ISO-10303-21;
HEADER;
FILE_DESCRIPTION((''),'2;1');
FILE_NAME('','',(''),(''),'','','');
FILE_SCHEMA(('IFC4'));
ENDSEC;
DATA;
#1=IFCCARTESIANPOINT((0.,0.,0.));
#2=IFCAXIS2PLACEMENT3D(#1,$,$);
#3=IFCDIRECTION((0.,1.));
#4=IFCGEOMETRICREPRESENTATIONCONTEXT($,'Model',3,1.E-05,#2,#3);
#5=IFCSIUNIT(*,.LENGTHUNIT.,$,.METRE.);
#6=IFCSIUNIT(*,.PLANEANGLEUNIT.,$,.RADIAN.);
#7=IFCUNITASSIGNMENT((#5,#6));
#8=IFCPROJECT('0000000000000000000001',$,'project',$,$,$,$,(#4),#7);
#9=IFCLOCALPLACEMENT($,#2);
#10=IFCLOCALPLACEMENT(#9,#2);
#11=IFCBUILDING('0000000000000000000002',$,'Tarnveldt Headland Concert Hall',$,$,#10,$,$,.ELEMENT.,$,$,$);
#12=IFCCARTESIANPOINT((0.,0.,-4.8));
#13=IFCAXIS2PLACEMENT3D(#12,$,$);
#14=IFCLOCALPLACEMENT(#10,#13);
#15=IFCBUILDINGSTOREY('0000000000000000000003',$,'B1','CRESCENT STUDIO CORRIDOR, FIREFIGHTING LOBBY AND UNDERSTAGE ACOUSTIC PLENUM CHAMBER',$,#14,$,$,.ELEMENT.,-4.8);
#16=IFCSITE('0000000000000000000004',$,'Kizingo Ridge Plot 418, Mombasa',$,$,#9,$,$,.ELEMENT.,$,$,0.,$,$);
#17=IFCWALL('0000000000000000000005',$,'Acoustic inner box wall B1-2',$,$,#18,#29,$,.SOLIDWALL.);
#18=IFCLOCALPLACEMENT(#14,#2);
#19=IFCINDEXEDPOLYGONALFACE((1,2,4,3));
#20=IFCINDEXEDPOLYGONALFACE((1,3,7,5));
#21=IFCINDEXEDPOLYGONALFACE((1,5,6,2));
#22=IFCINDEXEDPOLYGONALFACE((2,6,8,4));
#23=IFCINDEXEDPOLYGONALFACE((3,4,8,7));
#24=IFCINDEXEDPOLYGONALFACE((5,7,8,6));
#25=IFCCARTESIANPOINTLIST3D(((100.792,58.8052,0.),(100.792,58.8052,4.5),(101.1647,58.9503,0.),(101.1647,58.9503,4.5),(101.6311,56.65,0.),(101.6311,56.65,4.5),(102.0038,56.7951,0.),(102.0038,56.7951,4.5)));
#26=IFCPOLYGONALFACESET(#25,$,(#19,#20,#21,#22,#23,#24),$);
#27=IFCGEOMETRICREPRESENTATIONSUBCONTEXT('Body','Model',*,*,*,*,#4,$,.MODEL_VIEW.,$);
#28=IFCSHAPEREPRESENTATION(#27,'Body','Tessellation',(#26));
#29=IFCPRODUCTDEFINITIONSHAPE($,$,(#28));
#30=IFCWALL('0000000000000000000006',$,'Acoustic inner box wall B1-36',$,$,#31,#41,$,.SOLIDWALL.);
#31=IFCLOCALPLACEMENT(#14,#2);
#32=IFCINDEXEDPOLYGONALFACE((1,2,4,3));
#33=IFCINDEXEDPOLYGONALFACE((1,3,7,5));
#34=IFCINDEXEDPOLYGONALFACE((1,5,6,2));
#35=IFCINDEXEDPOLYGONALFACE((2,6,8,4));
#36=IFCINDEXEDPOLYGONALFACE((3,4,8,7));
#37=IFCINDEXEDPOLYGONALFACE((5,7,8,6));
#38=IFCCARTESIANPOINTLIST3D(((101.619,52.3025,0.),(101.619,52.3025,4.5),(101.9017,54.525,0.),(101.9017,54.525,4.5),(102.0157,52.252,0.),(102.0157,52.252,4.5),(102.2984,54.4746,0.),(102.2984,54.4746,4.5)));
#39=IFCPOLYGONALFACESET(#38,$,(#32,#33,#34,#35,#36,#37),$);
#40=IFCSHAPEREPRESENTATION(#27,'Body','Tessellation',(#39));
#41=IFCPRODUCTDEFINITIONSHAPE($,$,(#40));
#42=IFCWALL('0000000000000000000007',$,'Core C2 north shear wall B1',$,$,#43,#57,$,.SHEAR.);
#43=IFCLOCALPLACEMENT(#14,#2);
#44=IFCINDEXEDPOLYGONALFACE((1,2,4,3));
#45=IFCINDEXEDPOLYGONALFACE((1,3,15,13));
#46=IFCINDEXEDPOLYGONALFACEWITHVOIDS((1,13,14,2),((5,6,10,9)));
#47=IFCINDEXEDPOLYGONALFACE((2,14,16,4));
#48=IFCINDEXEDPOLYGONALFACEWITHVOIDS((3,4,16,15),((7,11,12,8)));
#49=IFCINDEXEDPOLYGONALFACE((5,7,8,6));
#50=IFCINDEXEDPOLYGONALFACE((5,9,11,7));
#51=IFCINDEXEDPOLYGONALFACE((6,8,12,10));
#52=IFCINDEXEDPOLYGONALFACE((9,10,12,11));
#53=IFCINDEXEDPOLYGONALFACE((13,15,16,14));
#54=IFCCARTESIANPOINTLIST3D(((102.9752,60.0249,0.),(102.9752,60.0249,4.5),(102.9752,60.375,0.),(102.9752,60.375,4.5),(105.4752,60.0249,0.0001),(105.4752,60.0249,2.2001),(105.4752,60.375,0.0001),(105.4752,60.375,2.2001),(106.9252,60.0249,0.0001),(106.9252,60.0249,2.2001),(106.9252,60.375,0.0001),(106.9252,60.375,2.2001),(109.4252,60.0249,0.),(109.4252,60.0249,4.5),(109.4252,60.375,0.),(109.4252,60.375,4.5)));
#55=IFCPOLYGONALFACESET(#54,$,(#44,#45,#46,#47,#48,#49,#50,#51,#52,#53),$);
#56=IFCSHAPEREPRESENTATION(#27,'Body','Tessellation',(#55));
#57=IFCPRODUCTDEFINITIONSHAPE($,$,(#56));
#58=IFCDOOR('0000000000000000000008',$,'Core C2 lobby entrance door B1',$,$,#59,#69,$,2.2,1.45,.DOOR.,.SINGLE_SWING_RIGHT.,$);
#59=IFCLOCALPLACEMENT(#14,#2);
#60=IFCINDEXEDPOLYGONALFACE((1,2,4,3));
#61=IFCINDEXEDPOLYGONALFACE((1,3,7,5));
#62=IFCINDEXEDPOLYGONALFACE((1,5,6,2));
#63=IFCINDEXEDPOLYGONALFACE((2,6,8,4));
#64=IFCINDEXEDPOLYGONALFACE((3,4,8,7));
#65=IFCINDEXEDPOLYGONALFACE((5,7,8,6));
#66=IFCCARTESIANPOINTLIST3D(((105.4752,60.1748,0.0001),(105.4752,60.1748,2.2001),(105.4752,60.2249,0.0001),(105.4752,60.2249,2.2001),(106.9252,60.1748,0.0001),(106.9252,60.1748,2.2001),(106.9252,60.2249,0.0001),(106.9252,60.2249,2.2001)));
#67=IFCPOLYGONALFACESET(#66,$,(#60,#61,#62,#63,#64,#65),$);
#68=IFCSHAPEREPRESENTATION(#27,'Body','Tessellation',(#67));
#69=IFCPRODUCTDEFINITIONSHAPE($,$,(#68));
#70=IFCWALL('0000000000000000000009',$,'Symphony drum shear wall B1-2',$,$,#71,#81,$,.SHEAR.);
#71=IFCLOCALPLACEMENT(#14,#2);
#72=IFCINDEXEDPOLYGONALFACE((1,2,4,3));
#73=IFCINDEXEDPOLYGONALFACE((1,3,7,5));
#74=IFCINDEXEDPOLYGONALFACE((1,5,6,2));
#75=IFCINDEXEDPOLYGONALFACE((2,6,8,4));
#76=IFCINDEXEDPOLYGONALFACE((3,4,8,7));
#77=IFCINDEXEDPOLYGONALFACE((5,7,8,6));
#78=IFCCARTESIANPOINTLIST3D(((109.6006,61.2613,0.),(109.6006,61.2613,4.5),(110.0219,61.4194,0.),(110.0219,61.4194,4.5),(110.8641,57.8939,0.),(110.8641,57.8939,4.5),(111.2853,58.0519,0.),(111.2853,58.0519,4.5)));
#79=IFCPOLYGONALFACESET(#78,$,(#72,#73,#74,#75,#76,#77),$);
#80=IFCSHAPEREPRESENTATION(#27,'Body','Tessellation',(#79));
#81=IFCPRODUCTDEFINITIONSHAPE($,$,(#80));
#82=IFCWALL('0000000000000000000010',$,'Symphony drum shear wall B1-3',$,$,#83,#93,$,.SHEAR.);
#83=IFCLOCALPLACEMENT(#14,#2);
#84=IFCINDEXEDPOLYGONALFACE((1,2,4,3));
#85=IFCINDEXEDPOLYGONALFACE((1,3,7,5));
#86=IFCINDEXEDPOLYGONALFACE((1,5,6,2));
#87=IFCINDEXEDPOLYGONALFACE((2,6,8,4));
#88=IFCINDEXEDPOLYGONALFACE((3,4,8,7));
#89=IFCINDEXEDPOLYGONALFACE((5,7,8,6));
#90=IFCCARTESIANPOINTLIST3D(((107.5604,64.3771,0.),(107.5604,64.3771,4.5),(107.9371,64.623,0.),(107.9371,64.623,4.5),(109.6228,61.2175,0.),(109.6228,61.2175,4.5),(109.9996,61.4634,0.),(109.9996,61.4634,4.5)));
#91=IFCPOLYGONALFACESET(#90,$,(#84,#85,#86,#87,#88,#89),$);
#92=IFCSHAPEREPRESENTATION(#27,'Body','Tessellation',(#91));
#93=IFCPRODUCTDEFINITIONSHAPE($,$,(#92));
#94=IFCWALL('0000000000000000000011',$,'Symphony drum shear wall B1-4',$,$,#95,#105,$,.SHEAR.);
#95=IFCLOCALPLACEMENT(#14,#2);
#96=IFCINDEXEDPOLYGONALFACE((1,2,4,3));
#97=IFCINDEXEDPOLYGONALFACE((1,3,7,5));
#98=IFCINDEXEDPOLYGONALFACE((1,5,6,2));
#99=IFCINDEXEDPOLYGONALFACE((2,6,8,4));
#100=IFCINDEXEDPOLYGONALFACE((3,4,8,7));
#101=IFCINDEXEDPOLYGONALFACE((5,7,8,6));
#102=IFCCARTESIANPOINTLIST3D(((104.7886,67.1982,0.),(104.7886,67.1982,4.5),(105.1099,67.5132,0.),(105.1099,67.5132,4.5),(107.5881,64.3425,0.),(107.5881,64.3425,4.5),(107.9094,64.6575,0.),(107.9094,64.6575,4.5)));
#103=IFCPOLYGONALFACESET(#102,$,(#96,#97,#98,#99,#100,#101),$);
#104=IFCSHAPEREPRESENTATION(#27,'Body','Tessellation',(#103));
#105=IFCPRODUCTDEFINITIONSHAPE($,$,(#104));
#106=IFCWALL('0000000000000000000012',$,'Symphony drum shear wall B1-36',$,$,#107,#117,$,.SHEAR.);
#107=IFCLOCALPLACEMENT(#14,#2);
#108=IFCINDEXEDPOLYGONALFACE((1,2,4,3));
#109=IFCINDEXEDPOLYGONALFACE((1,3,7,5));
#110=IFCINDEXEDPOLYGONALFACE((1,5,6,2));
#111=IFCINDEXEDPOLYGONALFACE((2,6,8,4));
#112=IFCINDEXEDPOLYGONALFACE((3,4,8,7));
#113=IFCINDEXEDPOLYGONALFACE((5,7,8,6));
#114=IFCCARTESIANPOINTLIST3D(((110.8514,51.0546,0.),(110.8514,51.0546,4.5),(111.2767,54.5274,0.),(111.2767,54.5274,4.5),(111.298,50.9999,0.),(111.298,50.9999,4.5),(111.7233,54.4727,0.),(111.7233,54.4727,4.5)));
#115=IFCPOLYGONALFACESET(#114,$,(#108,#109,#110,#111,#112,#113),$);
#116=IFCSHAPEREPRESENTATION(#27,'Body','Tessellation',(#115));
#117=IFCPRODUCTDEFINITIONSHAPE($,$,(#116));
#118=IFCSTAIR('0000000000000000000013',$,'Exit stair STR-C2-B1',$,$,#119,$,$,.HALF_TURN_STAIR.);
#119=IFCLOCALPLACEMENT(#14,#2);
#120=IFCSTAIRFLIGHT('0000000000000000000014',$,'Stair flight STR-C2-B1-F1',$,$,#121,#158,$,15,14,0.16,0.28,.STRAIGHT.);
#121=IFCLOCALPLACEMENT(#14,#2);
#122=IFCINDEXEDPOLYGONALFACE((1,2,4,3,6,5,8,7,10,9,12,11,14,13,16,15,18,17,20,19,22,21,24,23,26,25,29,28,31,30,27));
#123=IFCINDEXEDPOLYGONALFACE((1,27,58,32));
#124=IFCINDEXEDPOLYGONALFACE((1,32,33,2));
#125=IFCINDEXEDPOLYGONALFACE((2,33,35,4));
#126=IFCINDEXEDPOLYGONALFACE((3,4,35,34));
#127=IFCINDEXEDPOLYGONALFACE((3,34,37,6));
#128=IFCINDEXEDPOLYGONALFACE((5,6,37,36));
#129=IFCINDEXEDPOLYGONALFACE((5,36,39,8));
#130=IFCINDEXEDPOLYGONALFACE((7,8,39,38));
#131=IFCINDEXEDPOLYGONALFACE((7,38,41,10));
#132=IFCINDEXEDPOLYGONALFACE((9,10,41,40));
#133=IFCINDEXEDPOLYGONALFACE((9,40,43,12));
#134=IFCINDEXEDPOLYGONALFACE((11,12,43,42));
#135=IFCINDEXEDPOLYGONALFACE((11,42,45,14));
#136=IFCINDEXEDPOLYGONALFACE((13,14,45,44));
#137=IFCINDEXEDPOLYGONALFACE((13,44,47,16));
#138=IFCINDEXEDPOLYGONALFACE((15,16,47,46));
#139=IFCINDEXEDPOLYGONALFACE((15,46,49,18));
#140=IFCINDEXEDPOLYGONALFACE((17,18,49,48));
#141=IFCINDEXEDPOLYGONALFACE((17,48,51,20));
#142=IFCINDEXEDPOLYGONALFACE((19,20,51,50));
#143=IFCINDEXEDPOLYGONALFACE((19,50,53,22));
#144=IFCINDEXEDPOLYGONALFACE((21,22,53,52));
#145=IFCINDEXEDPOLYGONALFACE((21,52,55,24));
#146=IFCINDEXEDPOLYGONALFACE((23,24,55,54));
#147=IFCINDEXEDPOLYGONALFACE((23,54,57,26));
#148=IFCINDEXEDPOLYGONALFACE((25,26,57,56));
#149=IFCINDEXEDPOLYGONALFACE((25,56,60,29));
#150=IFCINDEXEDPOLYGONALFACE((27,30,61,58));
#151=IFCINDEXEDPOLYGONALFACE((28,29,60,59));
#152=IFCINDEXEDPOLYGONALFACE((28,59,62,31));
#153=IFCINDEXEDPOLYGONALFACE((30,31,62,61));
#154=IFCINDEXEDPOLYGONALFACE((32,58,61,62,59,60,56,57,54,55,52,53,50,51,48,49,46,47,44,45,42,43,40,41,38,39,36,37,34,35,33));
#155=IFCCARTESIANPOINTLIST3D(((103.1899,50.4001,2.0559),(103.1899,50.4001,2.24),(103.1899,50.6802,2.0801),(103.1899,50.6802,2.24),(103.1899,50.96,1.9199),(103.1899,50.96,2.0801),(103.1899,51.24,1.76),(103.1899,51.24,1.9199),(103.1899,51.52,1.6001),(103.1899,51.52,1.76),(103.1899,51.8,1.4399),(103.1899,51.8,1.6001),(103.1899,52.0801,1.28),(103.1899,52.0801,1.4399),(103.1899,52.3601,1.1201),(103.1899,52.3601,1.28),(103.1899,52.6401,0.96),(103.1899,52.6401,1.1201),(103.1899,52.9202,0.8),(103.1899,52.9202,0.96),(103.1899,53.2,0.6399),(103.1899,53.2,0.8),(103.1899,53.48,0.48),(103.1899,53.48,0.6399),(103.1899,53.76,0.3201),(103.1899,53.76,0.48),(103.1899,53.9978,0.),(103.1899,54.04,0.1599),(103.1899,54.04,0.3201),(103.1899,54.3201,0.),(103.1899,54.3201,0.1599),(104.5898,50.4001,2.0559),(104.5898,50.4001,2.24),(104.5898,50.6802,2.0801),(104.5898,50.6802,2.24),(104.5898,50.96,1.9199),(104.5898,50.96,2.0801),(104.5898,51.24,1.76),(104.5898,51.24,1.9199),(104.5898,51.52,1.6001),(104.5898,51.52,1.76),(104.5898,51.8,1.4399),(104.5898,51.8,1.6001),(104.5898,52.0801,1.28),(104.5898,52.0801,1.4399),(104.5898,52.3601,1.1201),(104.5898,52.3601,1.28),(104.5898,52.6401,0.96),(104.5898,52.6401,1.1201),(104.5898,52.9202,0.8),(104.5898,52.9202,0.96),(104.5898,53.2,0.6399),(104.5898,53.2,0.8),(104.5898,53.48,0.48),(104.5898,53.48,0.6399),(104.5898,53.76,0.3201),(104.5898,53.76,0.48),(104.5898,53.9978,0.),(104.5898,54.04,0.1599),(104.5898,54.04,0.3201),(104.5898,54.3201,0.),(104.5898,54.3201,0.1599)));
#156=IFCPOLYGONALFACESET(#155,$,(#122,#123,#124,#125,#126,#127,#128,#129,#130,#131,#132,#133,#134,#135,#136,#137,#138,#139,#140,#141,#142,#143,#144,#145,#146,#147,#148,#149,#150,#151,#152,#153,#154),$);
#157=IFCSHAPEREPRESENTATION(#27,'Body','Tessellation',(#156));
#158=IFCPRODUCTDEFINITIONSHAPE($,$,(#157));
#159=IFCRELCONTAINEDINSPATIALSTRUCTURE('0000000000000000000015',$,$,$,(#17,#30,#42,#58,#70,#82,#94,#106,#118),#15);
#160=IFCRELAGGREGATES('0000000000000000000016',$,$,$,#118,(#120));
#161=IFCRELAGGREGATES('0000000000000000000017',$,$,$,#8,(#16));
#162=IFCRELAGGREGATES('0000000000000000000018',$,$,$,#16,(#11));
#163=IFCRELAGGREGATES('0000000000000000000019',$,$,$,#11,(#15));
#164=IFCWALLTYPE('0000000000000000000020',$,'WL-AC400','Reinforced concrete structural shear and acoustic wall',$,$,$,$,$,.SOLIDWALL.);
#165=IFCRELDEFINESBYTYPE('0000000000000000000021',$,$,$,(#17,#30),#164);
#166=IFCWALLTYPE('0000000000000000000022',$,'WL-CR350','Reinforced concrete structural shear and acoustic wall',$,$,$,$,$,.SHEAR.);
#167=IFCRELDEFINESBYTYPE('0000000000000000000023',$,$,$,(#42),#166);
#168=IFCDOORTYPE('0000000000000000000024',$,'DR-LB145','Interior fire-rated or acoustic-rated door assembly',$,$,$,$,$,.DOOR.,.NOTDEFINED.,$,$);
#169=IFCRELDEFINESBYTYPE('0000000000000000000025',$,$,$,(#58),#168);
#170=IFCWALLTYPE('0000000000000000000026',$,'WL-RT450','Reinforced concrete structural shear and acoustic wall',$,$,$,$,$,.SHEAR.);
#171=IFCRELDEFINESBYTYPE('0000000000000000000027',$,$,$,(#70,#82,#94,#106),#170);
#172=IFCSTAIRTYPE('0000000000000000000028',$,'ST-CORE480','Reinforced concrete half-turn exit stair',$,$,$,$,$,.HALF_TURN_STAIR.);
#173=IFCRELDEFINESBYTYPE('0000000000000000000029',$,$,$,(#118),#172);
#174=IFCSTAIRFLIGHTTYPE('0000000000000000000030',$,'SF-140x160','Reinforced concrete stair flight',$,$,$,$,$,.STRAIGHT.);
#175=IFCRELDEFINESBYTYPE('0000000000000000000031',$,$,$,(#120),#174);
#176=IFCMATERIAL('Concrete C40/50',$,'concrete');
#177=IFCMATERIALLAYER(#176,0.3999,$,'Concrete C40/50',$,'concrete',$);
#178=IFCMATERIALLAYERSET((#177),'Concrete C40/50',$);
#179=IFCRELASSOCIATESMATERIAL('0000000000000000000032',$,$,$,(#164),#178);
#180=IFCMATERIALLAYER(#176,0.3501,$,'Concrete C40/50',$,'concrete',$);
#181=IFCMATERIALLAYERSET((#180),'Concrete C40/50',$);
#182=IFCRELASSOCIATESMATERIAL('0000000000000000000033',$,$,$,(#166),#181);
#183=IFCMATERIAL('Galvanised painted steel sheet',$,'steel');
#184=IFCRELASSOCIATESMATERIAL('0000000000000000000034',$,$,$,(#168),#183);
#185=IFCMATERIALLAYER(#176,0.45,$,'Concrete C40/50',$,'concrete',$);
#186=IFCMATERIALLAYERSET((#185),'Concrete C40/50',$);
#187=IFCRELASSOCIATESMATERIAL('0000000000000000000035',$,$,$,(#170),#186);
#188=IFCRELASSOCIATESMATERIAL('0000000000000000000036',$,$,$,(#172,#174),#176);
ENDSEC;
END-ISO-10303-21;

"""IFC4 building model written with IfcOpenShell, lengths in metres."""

from ifc_helpers import new_model, si_unit, direction, frame, frame_2d, origin, place, context, subcontext, project, spatial, polyline, rectangle, outline, extrude, material, layer, layer_set, type_object, element, fill, aggregate, save


model = new_model("IFC4")

# Units and contexts
model_context = context("Model", 3, precision=1e-05, world=origin(), true_north=direction((0.0, 1.0)))
body_context = subcontext(model_context, "Body", "Model", "MODEL_VIEW")
ifc_project = project(units=[si_unit("LENGTHUNIT", "METRE"), si_unit("PLANEANGLEUNIT", "RADIAN")], contexts=[model_context])

# Site, building, storey
site_placement = place(None, origin())
site = spatial("IfcSite", under=ifc_project, at=site_placement, Name="Kizingo Ridge Plot 418, Mombasa", CompositionType="ELEMENT", RefElevation=0.0)
building_placement = place(site_placement, origin())
building = spatial("IfcBuilding", under=site, at=building_placement, Name="Tarnveldt Headland Concert Hall", CompositionType="ELEMENT")
storey_placement = place(building_placement, frame((0.0, 0.0, -4.8)))
storey = spatial("IfcBuildingStorey", under=building, at=storey_placement, Name="B1", Description="CRESCENT STUDIO CORRIDOR, FIREFIGHTING LOBBY AND UNDERSTAGE ACOUSTIC PLENUM CHAMBER", CompositionType="ELEMENT", Elevation=-4.8)

# Shared definitions
ifc_material_1 = material(Name="Concrete C40/50", Category="concrete")

# Walls
ifc_layer_1 = layer(ifc_material_1, 0.3999, Name="Concrete C40/50", Category="concrete")
ifc_layer_set_1 = layer_set([ifc_layer_1], Name="Concrete C40/50")
wall_type_1 = type_object("IfcWallType", Name="WL-AC400", Description="Reinforced concrete structural shear and acoustic wall", PredefinedType="SOLIDWALL", material=ifc_layer_set_1)
wall_1_placement = place(storey_placement, frame((101.8174, 56.7227, 0.0), z_axis=(0.0, 0.0, 1.0), x_axis=(-0.362803, 0.931866, 0.0)))
element("IfcWall", 1, at=wall_1_placement, inside=storey, type_object=wall_type_1, Name="Acoustic inner box wall B1-2", PredefinedType="SOLIDWALL", context=body_context, shape_type="SweptSolid", body=[
    extrude(rectangle(XDim=2.3127, YDim=0.3999, at=frame_2d((1.1562, 0.0))), origin(), (0.0, 0.0, 1.0), 4.5),
])
wall_2_placement = place(storey_placement, frame((101.8174, 52.2773, 0.0), z_axis=(0.0, 0.0, 1.0), x_axis=(0.12618, 0.992007, 0.0)))
element("IfcWall", 2, at=wall_2_placement, inside=storey, type_object=wall_type_1, Name="Acoustic inner box wall B1-36", PredefinedType="SOLIDWALL", context=body_context, shape_type="SweptSolid", body=[
    extrude(rectangle(XDim=2.2405, YDim=0.3999, at=frame_2d((1.1201, 0.0))), origin(), (0.0, 0.0, 1.0), 4.5),
])

# Wall, opening, door
ifc_layer_2 = layer(ifc_material_1, 0.3501, Name="Concrete C40/50", Category="concrete")
ifc_layer_set_2 = layer_set([ifc_layer_2], Name="Concrete C40/50")
wall_type_2 = type_object("IfcWallType", Name="WL-CR350", Description="Reinforced concrete structural shear and acoustic wall", PredefinedType="SHEAR", material=ifc_layer_set_2)
wall_3_placement = place(storey_placement, frame((102.9751, 60.2, 0.0), z_axis=(0.0, 0.0, 1.0), x_axis=(1.0, 0.0, 0.0)))
wall_3 = element("IfcWall", 3, at=wall_3_placement, inside=storey, type_object=wall_type_2, Name="Core C2 north shear wall B1", PredefinedType="SHEAR", context=body_context, shape_type="SweptSolid", body=[
    extrude(rectangle(XDim=6.45, YDim=0.3501, at=frame_2d((3.2251, 0.0))), origin(), (0.0, 0.0, 1.0), 4.5),
])
opening_1_placement = place(wall_3_placement, frame((2.5, 0.0, 0.0)))
opening_1 = element("IfcOpeningElement", 4, at=opening_1_placement, cuts=wall_3, PredefinedType="OPENING", context=body_context, shape_type="SweptSolid", body=[
    extrude(rectangle(XDim=1.45, YDim=2.2, at=frame_2d((0.7251, 1.1001))), frame((0.0, 0.1851, 0.0), z_axis=(0.0, -1.0, 0.0), x_axis=(1.0, 0.0, 0.0)), (0.0, 0.0, 1.0), 0.3701),
])
ifc_material_2 = material(Name="Galvanised painted steel sheet", Category="steel")
door_type_1 = type_object("IfcDoorType", Name="DR-LB145", Description="Interior fire-rated or acoustic-rated door assembly", OperationType="NOTDEFINED", PredefinedType="DOOR", material=ifc_material_2)
door_1_placement = place(opening_1_placement, origin())
door_1 = element("IfcDoor", 5, at=door_1_placement, inside=storey, type_object=door_type_1, Name="Core C2 lobby entrance door B1", OperationType="SINGLE_SWING_RIGHT", OverallHeight=2.2, OverallWidth=1.45, PredefinedType="DOOR", context=body_context, shape_type="SweptSolid", body=[
    extrude(rectangle(XDim=1.45, YDim=2.2, at=frame_2d((0.7251, 1.1001))), frame((0.0, 0.0249, 0.0), z_axis=(0.0, -1.0, 0.0), x_axis=(1.0, 0.0, 0.0)), (0.0, 0.0, 1.0), 0.05),
])
fill(opening_1, door_1)

# Walls
ifc_layer_3 = layer(ifc_material_1, 0.45, Name="Concrete C40/50", Category="concrete")
ifc_layer_set_3 = layer_set([ifc_layer_3], Name="Concrete C40/50")
wall_type_3 = type_object("IfcWallType", Name="WL-RT450", Description="Reinforced concrete structural shear and acoustic wall", PredefinedType="SHEAR", material=ifc_layer_set_3)
wall_4_placement = place(storey_placement, frame((111.0747, 57.9729, 0.0), z_axis=(0.0, 0.0, 1.0), x_axis=(-0.35128, 0.936271, 0.0)))
element("IfcWall", 6, at=wall_4_placement, inside=storey, type_object=wall_type_3, Name="Symphony drum shear wall B1-2", PredefinedType="SHEAR", context=body_context, shape_type="SweptSolid", body=[
    extrude(rectangle(XDim=3.5967, YDim=0.45, at=frame_2d((1.7983, 0.0))), origin(), (0.0, 0.0, 1.0), 4.5),
])
wall_5_placement = place(storey_placement, frame((109.8113, 61.3403, 0.0), z_axis=(0.0, 0.0, 1.0), x_axis=(-0.546611, 0.837387, 0.0)))
element("IfcWall", 7, at=wall_5_placement, inside=storey, type_object=wall_type_3, Name="Symphony drum shear wall B1-3", PredefinedType="SHEAR", context=body_context, shape_type="SweptSolid", body=[
    extrude(rectangle(XDim=3.7732, YDim=0.45, at=frame_2d((1.8867, 0.0))), origin(), (0.0, 0.0, 1.0), 4.5),
])
wall_6_placement = place(storey_placement, frame((107.7488, 64.5, 0.0), z_axis=(0.0, 0.0, 1.0), x_axis=(-0.700051, 0.714093, 0.0)))
element("IfcWall", 8, at=wall_6_placement, inside=storey, type_object=wall_type_3, Name="Symphony drum shear wall B1-4", PredefinedType="SHEAR", context=body_context, shape_type="SweptSolid", body=[
    extrude(rectangle(XDim=3.999, YDim=0.45, at=frame_2d((1.9995, 0.0))), origin(), (0.0, 0.0, 1.0), 4.5),
])
wall_7_placement = place(storey_placement, frame((111.0747, 51.0271, 0.0), z_axis=(0.0, 0.0, 1.0), x_axis=(0.121552, 0.992585, 0.0)))
element("IfcWall", 9, at=wall_7_placement, inside=storey, type_object=wall_type_3, Name="Symphony drum shear wall B1-36", PredefinedType="SHEAR", context=body_context, shape_type="SweptSolid", body=[
    extrude(rectangle(XDim=3.4988, YDim=0.45, at=frame_2d((1.7495, 0.0))), origin(), (0.0, 0.0, 1.0), 4.5),
])

# Stair, stair flight
stair_type = type_object("IfcStairType", Name="ST-CORE480", Description="Reinforced concrete half-turn exit stair", PredefinedType="HALF_TURN_STAIR", material=ifc_material_1)
stair_placement = place(storey_placement, origin())
stair = element("IfcStair", 10, at=stair_placement, inside=storey, type_object=stair_type, Name="Exit stair STR-C2-B1", PredefinedType="HALF_TURN_STAIR")
stair_flight_type = type_object("IfcStairFlightType", Name="SF-140x160", Description="Reinforced concrete stair flight", PredefinedType="STRAIGHT", material=ifc_material_1)
stair_flight_placement = place(storey_placement, frame((103.8899, 54.3201, 0.0), z_axis=(0.0, 0.0, 1.0), x_axis=(0.0, -1.0, 0.0)))
stair_flight = element("IfcStairFlight", 11, at=stair_flight_placement, type_object=stair_flight_type, Name="Stair flight STR-C2-B1-F1", NumberOfRisers=15, NumberOfTreads=14, PredefinedType="STRAIGHT", RiserHeight=0.16, TreadLength=0.28, context=body_context, shape_type="SweptSolid", body=[
    extrude(outline(polyline([(0.0, 0.0), (0.0, 0.1599), (0.28, 0.1599), (0.28, 0.3201), (0.5601, 0.3201), (0.5601, 0.48), (0.8401, 0.48), (0.8401, 0.6399), (1.1201, 0.6399), (1.1201, 0.8), (1.3999, 0.8), (1.3999, 0.96), (1.6799, 0.96), (1.6799, 1.1201), (1.96, 1.1201), (1.96, 1.28), (2.24, 1.28), (2.24, 1.4399), (2.52, 1.4399), (2.52, 1.6001), (2.8, 1.6001), (2.8, 1.76), (3.0801, 1.76), (3.0801, 1.9199), (3.3601, 1.9199), (3.3601, 2.0801), (3.6399, 2.0801), (3.6399, 2.24), (3.9199, 2.24), (3.9199, 2.3999), (3.9199, 2.0559), (0.3223, 0.0), (0.0, 0.0)])), frame((0.0, 0.7, 0.0), z_axis=(0.0, -1.0, 0.0), x_axis=(1.0, 0.0, 0.0)), (0.0, 0.0, 1.0), 1.3999),
])
aggregate(stair, [stair_flight])

save(model, "model.ifc")
